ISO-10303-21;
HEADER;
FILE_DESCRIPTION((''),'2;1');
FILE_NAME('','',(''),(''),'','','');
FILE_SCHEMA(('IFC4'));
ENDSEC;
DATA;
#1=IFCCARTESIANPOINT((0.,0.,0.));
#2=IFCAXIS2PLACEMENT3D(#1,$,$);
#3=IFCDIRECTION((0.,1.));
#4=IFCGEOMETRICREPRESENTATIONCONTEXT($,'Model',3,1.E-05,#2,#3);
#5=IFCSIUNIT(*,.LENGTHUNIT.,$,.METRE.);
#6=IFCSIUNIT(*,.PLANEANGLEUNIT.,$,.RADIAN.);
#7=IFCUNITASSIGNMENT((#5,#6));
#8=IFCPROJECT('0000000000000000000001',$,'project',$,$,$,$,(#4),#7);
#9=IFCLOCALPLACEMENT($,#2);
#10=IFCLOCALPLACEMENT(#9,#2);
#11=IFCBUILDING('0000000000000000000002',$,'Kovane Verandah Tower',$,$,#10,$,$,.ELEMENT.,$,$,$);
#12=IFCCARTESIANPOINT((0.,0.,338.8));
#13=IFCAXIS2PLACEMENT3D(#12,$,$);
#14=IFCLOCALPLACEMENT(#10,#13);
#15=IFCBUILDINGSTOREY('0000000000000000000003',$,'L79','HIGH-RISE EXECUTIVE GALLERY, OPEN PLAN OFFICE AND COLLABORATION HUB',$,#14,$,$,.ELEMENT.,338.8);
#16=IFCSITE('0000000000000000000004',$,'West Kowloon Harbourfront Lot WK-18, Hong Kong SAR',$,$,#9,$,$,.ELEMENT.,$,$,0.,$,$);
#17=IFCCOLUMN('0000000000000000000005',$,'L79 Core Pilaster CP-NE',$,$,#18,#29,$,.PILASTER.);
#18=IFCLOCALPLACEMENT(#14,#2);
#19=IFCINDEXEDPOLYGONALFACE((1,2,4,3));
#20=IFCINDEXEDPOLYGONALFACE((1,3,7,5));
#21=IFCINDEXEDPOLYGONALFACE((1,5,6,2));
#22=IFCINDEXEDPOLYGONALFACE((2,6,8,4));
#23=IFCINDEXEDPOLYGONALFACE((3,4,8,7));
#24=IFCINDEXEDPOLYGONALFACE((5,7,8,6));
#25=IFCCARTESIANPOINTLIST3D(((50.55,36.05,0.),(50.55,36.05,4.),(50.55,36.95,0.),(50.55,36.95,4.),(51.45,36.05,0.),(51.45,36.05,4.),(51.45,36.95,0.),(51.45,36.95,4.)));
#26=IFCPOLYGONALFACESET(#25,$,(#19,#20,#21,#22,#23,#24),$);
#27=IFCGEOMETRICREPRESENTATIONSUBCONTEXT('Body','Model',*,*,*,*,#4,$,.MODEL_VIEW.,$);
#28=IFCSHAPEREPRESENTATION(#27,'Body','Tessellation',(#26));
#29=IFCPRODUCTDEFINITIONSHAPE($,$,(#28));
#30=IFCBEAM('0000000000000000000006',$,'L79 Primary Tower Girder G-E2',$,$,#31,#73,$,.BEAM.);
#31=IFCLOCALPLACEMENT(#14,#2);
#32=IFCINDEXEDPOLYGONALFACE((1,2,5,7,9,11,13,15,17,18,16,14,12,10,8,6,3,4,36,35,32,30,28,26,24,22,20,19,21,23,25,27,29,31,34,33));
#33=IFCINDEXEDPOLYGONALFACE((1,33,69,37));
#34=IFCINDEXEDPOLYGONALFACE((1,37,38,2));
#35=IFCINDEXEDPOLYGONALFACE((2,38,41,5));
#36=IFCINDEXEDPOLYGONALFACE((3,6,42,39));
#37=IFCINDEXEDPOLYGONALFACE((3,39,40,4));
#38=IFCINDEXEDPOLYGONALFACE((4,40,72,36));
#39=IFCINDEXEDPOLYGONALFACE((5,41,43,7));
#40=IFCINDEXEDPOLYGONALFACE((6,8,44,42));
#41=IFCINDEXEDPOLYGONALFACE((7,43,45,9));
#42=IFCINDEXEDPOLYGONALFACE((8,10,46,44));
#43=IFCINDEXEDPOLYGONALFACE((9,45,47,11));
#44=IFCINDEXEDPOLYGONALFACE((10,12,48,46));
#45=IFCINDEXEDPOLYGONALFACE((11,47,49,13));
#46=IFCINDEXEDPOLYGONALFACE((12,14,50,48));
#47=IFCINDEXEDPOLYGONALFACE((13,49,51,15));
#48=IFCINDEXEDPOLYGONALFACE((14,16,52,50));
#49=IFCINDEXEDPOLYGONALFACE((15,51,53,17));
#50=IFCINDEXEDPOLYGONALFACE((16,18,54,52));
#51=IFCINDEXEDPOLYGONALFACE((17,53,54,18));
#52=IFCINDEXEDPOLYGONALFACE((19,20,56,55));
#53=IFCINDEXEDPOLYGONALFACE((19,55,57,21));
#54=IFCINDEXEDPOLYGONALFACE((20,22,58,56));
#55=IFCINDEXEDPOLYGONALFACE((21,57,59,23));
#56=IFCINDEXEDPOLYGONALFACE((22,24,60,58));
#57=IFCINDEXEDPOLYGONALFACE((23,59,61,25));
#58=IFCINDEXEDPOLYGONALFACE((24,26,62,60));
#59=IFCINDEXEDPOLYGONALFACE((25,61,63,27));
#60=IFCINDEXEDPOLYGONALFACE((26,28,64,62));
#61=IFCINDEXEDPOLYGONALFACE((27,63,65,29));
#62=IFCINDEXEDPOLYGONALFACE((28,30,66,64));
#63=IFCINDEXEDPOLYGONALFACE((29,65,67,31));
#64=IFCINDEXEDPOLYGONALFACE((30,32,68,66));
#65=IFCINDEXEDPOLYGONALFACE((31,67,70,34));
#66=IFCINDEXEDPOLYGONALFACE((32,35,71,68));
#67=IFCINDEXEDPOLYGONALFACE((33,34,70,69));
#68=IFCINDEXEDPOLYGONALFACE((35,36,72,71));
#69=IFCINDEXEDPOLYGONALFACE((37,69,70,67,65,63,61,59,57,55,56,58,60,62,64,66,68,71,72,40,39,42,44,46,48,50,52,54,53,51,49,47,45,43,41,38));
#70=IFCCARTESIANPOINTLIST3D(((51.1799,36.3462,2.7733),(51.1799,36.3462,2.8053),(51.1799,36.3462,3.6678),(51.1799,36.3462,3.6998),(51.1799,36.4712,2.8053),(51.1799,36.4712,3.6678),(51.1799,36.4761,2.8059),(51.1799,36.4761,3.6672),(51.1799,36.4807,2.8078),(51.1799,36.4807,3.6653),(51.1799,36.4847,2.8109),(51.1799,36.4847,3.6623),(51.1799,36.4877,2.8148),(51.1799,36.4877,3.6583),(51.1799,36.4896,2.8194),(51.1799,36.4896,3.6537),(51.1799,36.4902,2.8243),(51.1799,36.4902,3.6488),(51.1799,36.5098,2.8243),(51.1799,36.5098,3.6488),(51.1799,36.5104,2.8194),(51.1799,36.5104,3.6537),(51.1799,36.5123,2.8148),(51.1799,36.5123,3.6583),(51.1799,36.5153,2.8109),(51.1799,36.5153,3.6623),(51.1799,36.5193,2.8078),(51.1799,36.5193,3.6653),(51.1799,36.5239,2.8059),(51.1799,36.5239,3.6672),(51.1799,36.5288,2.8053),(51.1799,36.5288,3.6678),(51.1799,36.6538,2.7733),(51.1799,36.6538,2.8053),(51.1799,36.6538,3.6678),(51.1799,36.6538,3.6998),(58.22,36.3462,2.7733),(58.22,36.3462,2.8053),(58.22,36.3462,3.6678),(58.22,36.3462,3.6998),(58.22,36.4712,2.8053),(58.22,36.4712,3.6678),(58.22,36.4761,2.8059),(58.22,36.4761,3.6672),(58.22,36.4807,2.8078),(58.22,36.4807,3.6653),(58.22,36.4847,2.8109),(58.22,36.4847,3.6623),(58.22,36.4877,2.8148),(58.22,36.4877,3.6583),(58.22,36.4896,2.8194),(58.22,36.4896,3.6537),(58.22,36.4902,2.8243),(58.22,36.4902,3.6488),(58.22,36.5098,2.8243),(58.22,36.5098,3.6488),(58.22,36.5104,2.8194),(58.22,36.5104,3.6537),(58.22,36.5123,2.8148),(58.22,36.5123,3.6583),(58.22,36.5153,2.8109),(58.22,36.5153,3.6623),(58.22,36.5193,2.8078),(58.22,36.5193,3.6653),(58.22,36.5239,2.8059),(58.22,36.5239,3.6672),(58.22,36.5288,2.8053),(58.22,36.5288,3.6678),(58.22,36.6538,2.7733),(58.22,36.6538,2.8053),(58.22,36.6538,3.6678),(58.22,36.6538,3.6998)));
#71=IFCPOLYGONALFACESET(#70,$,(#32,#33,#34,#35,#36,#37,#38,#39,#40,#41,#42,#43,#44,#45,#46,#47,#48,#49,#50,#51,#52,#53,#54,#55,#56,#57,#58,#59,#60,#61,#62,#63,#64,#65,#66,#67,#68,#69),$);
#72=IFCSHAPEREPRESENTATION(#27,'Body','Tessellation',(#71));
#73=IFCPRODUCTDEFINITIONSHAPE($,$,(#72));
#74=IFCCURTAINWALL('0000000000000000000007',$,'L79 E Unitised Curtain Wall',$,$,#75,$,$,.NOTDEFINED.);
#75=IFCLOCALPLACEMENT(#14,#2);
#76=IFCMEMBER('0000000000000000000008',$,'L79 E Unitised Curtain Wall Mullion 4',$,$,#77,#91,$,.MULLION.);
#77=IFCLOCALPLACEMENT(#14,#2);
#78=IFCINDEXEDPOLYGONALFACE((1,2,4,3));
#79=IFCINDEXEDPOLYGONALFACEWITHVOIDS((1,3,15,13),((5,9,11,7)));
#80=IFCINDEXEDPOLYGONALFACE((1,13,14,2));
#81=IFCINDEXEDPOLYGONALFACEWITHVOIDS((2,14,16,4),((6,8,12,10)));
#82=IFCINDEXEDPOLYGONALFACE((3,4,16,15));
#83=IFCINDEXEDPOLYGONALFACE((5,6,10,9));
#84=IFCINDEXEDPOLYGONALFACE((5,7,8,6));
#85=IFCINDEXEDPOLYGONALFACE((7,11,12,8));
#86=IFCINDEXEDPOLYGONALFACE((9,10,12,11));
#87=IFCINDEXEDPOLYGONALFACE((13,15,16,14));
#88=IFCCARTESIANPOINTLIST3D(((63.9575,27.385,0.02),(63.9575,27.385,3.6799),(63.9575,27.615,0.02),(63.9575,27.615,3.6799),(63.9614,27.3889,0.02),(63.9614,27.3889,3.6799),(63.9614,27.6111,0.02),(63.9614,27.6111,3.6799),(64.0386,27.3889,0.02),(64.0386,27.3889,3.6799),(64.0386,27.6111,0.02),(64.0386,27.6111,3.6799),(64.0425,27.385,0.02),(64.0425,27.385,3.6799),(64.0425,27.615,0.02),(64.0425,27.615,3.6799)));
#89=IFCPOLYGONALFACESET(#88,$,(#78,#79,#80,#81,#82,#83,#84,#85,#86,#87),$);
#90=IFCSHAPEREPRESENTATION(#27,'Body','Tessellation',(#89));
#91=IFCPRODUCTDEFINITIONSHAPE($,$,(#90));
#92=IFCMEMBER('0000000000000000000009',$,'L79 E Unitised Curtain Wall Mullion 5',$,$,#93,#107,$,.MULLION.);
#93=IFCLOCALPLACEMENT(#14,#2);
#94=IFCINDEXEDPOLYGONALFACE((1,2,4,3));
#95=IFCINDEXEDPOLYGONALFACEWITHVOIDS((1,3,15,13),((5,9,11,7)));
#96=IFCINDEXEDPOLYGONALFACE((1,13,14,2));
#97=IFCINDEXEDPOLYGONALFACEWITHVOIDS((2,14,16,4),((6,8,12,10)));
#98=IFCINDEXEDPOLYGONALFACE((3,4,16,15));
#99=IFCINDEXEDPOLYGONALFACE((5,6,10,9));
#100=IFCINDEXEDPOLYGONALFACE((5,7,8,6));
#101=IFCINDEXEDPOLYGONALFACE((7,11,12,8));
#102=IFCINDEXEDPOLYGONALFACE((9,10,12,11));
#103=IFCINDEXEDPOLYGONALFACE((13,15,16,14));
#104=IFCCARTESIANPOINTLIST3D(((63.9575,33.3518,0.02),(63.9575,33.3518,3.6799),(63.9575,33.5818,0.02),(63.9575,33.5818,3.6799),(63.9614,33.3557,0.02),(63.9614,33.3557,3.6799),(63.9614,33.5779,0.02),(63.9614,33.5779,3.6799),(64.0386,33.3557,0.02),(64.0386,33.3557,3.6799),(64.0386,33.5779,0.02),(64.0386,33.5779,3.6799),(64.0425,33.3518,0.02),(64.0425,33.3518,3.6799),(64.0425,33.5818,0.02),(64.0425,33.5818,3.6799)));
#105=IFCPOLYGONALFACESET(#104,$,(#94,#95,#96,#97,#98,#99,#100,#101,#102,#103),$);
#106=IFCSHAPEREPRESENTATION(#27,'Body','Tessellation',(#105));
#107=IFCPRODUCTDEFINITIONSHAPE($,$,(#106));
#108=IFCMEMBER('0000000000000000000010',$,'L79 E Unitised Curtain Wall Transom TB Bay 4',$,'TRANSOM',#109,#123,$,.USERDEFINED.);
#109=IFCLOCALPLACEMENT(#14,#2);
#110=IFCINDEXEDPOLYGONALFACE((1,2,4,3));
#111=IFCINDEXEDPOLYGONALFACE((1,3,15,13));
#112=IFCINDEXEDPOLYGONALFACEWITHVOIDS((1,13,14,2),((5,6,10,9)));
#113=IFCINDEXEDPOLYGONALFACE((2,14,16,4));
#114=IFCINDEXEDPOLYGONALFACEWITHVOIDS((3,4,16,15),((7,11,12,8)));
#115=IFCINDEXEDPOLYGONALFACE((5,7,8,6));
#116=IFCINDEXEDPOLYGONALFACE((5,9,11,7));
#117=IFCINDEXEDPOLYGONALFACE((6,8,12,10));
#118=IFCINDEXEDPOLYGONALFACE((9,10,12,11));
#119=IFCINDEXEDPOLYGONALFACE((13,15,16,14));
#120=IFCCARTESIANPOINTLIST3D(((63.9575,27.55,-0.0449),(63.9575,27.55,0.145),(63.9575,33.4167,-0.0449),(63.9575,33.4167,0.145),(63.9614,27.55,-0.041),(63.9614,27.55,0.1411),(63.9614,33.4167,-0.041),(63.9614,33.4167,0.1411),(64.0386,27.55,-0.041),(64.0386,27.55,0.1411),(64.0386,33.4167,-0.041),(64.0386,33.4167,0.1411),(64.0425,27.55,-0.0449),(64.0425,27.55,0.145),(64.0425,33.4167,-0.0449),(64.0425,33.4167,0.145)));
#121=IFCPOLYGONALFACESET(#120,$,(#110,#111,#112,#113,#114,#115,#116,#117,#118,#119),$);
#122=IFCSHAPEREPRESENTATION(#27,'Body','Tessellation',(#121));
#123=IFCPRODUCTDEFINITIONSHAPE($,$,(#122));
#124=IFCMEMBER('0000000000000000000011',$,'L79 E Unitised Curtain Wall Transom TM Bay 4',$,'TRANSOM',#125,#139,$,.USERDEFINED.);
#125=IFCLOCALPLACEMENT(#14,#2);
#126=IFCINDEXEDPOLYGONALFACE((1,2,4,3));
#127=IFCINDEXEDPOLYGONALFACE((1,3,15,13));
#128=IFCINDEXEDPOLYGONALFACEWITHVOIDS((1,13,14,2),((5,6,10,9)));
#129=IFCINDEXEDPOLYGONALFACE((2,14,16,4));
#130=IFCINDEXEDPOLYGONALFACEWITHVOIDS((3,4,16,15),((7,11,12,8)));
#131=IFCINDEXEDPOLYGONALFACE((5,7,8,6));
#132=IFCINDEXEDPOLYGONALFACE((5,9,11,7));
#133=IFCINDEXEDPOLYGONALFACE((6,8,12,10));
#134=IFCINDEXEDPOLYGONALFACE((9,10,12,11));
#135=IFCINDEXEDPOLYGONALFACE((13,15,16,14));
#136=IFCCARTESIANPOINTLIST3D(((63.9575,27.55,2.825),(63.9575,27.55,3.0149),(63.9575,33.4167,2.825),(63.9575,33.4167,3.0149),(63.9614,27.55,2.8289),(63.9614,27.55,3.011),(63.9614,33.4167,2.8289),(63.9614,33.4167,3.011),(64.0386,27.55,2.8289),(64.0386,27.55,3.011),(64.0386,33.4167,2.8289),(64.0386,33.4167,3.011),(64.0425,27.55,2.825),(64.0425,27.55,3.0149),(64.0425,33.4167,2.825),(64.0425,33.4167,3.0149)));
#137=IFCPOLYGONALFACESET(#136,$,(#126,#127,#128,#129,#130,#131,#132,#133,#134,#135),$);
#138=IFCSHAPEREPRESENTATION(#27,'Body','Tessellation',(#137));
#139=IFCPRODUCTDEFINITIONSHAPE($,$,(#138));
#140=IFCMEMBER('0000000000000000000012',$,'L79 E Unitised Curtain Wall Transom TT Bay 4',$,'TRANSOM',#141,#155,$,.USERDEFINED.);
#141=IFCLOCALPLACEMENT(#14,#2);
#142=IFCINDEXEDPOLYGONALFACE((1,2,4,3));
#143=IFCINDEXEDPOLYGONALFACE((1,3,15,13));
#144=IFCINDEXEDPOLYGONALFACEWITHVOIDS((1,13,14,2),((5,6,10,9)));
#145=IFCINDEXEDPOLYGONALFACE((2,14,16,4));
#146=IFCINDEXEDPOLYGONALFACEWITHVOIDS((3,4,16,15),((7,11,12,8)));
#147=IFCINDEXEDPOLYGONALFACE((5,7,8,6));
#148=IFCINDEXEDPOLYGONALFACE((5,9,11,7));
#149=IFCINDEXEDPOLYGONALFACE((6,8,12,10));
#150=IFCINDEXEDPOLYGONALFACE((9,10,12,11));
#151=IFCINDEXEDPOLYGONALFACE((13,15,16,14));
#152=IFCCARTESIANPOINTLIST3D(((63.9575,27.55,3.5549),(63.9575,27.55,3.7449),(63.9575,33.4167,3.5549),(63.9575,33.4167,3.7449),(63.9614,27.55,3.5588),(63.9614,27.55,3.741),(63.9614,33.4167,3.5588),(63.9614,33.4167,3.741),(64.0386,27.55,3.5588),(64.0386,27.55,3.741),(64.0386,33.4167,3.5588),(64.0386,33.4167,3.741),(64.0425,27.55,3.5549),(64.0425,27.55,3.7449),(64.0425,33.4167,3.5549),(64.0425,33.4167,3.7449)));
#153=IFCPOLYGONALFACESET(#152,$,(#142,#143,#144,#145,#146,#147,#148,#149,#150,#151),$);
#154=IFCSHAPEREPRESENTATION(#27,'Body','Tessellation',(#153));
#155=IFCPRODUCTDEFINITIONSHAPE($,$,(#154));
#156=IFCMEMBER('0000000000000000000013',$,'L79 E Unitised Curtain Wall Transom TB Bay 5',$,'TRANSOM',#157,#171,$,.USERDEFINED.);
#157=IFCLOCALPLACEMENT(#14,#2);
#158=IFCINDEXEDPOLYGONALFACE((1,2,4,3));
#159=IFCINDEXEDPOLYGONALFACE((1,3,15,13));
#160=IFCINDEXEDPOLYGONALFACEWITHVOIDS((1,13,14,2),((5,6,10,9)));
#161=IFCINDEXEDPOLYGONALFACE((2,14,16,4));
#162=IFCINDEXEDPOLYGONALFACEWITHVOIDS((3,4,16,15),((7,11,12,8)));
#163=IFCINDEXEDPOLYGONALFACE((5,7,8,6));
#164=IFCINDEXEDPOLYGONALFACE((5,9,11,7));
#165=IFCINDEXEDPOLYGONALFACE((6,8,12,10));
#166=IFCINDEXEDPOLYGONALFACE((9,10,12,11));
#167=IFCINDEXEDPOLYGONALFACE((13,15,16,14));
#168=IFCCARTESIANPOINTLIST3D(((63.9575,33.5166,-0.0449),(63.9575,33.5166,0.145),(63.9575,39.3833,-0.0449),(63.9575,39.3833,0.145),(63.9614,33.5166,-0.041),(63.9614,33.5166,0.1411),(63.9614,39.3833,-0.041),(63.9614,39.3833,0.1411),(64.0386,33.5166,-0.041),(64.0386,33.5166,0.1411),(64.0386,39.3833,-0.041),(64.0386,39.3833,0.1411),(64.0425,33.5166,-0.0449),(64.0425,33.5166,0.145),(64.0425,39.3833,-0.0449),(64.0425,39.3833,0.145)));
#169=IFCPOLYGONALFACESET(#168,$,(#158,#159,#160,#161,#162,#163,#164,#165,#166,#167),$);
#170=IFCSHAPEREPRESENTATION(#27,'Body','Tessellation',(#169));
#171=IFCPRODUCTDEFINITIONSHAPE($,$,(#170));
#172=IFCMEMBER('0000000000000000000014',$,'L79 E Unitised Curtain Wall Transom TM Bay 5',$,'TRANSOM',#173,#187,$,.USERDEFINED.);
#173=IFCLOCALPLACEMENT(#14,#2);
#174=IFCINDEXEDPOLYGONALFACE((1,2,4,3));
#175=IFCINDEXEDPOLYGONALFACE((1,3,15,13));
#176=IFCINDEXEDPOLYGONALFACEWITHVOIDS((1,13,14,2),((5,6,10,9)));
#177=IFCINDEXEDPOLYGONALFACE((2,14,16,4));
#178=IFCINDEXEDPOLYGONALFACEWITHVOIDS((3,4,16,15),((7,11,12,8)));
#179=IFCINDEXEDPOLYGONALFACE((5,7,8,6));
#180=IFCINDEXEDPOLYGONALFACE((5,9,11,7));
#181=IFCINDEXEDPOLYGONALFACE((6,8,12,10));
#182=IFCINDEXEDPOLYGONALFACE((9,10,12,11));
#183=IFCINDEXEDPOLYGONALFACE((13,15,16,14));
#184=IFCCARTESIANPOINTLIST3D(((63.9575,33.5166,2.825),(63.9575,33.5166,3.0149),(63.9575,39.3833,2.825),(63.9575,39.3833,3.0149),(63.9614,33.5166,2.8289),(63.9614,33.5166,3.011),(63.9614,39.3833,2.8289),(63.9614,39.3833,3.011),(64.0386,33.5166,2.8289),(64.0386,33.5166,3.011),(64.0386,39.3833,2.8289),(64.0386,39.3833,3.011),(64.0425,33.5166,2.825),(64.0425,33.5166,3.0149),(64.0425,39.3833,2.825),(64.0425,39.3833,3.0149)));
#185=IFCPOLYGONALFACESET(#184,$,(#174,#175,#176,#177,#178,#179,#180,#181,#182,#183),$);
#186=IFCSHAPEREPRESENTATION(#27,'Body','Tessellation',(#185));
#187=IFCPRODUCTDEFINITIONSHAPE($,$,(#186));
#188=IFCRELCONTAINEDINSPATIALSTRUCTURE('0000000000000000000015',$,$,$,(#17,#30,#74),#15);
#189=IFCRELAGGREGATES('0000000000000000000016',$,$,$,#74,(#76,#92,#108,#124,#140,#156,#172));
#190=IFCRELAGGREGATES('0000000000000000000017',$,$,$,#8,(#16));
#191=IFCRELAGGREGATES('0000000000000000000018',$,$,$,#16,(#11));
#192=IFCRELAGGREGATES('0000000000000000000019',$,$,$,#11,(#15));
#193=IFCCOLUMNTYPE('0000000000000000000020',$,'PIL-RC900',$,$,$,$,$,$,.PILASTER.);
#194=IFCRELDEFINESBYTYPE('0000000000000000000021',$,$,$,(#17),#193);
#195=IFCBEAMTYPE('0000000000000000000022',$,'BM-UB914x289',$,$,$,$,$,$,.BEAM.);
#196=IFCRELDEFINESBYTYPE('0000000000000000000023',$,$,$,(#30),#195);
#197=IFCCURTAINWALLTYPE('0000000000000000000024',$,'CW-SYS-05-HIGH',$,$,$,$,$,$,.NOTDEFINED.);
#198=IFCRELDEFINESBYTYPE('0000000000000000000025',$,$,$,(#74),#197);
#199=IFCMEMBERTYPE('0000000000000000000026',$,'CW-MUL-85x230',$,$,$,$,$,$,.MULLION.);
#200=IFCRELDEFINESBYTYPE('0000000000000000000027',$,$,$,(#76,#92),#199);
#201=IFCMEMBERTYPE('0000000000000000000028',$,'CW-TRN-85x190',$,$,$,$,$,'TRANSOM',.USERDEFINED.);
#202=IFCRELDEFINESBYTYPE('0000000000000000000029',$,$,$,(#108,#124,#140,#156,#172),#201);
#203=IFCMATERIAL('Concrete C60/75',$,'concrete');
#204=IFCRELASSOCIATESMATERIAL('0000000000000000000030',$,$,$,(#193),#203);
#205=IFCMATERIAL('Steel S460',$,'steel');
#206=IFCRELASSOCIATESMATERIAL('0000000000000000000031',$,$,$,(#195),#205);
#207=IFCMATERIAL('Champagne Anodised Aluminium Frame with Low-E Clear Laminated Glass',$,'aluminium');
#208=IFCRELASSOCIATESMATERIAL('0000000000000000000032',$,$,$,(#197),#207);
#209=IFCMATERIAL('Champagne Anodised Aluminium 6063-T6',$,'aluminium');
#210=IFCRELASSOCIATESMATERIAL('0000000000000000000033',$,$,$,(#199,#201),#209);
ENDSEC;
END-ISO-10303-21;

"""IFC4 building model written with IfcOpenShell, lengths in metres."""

from ifc_helpers import new_model, si_unit, direction, frame, origin, origin_2d, place, context, subcontext, project, spatial, rectangle, hollow_rectangle, i_section, extrude, material, material_profile, profile_set, type_object, element, aggregate, save


model = new_model("IFC4")

# Units and contexts
model_context = context("Model", 3, precision=1e-05, world=origin(), true_north=direction((0.0, 1.0)))
body_context = subcontext(model_context, "Body", "Model", "MODEL_VIEW")
ifc_project = project(units=[si_unit("LENGTHUNIT", "METRE"), si_unit("PLANEANGLEUNIT", "RADIAN")], contexts=[model_context])

# Site, building, storey
site_placement = place(None, origin())
site = spatial("IfcSite", under=ifc_project, at=site_placement, Name="West Kowloon Harbourfront Lot WK-18, Hong Kong SAR", CompositionType="ELEMENT", RefElevation=0.0)
building_placement = place(site_placement, origin())
building = spatial("IfcBuilding", under=site, at=building_placement, Name="Kovane Verandah Tower", CompositionType="ELEMENT")
storey_placement = place(building_placement, frame((0.0, 0.0, 338.8)))
storey = spatial("IfcBuildingStorey", under=building, at=storey_placement, Name="L79", Description="HIGH-RISE EXECUTIVE GALLERY, OPEN PLAN OFFICE AND COLLABORATION HUB", CompositionType="ELEMENT", Elevation=338.8)

# Column
ifc_material_1 = material(Name="Concrete C60/75", Category="concrete")
ifc_material_profile_1 = material_profile(ifc_material_1, rectangle(XDim=0.8999, YDim=0.8999, at=origin_2d()), Name="RC900x900")
ifc_profile_set_1 = profile_set([ifc_material_profile_1], Name="Concrete C60/75")
column_type = type_object("IfcColumnType", Name="PIL-RC900", PredefinedType="PILASTER", material=ifc_profile_set_1)
column_placement = place(storey_placement, frame((51.0, 36.5, 0.0), z_axis=(0.0, 0.0, 1.0), x_axis=(1.0, 0.0, 0.0)))
element("IfcColumn", 1, at=column_placement, inside=storey, type_object=column_type, Name="L79 Core Pilaster CP-NE", PredefinedType="PILASTER", context=body_context, shape_type="SweptSolid", body=[
    extrude(rectangle(XDim=0.8999, YDim=0.8999, at=origin_2d()), origin(), (0.0, 0.0, 1.0), 4.0),
])

# Beam
ifc_material_2 = material(Name="Steel S460", Category="steel")
ifc_material_profile_2 = material_profile(ifc_material_2, i_section(OverallWidth=0.3076, OverallDepth=0.9265, WebThickness=0.0195, FlangeThickness=0.032, FilletRadius=0.019, at=origin_2d()), Name="UB914x305x289")
ifc_profile_set_2 = profile_set([ifc_material_profile_2], Name="Steel S460")
beam_type = type_object("IfcBeamType", Name="BM-UB914x289", PredefinedType="BEAM", material=ifc_profile_set_2)
beam_placement = place(storey_placement, frame((51.1799, 36.5, 3.2366), z_axis=(1.0, 0.0, 0.0), x_axis=(0.0, 1.0, 0.0)))
element("IfcBeam", 2, at=beam_placement, inside=storey, type_object=beam_type, Name="L79 Primary Tower Girder G-E2", PredefinedType="BEAM", context=body_context, shape_type="SweptSolid", body=[
    extrude(i_section(OverallWidth=0.3076, OverallDepth=0.9265, WebThickness=0.0195, FlangeThickness=0.032, FilletRadius=0.019, at=origin_2d()), origin(), (0.0, 0.0, 1.0), 7.04),
])

# Curtain wall, members
ifc_material_3 = material(Name="Champagne Anodised Aluminium Frame with Low-E Clear Laminated Glass", Category="aluminium")
curtain_wall_type = type_object("IfcCurtainWallType", Name="CW-SYS-05-HIGH", PredefinedType="NOTDEFINED", material=ifc_material_3)
curtain_wall_placement = place(storey_placement, origin())
curtain_wall = element("IfcCurtainWall", 3, at=curtain_wall_placement, inside=storey, type_object=curtain_wall_type, Name="L79 E Unitised Curtain Wall", PredefinedType="NOTDEFINED")
ifc_material_4 = material(Name="Champagne Anodised Aluminium 6063-T6", Category="aluminium")
ifc_material_profile_3 = material_profile(ifc_material_4, hollow_rectangle(XDim=0.085, YDim=0.23, WallThickness=0.0039, at=origin_2d()), Name="AL85x230x4")
ifc_profile_set_3 = profile_set([ifc_material_profile_3], Name="Champagne Anodised Aluminium 6063-T6")
member_type_1 = type_object("IfcMemberType", Name="CW-MUL-85x230", PredefinedType="MULLION", material=ifc_profile_set_3)
member_1_placement = place(storey_placement, frame((64.0, 27.5, 0.02), z_axis=(0.0, 0.0, 1.0), x_axis=(1.0, 0.0, 0.0)))
member_1 = element("IfcMember", 4, at=member_1_placement, type_object=member_type_1, Name="L79 E Unitised Curtain Wall Mullion 4", PredefinedType="MULLION", context=body_context, shape_type="SweptSolid", body=[
    extrude(hollow_rectangle(XDim=0.085, YDim=0.23, WallThickness=0.0039, at=origin_2d()), origin(), (0.0, 0.0, 1.0), 3.6599),
])
member_2_placement = place(storey_placement, frame((64.0, 33.4668, 0.02), z_axis=(0.0, 0.0, 1.0), x_axis=(1.0, 0.0, 0.0)))
member_2 = element("IfcMember", 5, at=member_2_placement, type_object=member_type_1, Name="L79 E Unitised Curtain Wall Mullion 5", PredefinedType="MULLION", context=body_context, shape_type="SweptSolid", body=[
    extrude(hollow_rectangle(XDim=0.085, YDim=0.23, WallThickness=0.0039, at=origin_2d()), origin(), (0.0, 0.0, 1.0), 3.6599),
])
ifc_material_profile_4 = material_profile(ifc_material_4, hollow_rectangle(XDim=0.085, YDim=0.1899, WallThickness=0.0039, at=origin_2d()), Name="AL85x190x4")
ifc_profile_set_4 = profile_set([ifc_material_profile_4], Name="Champagne Anodised Aluminium 6063-T6")
member_type_2 = type_object("IfcMemberType", Name="CW-TRN-85x190", ElementType="TRANSOM", PredefinedType="USERDEFINED", material=ifc_profile_set_4)
member_3_placement = place(storey_placement, frame((64.0, 27.55, 0.05), z_axis=(0.0, 1.0, 0.0), x_axis=(-1.0, 0.0, 0.0)))
member_3 = element("IfcMember", 6, at=member_3_placement, type_object=member_type_2, Name="L79 E Unitised Curtain Wall Transom TB Bay 4", ObjectType="TRANSOM", PredefinedType="USERDEFINED", context=body_context, shape_type="SweptSolid", body=[
    extrude(hollow_rectangle(XDim=0.085, YDim=0.1899, WallThickness=0.0039, at=origin_2d()), origin(), (0.0, 0.0, 1.0), 5.8667),
])
member_4_placement = place(storey_placement, frame((64.0, 27.55, 2.9199), z_axis=(0.0, 1.0, 0.0), x_axis=(-1.0, 0.0, 0.0)))
member_4 = element("IfcMember", 7, at=member_4_placement, type_object=member_type_2, Name="L79 E Unitised Curtain Wall Transom TM Bay 4", ObjectType="TRANSOM", PredefinedType="USERDEFINED", context=body_context, shape_type="SweptSolid", body=[
    extrude(hollow_rectangle(XDim=0.085, YDim=0.1899, WallThickness=0.0039, at=origin_2d()), origin(), (0.0, 0.0, 1.0), 5.8667),
])
member_5_placement = place(storey_placement, frame((64.0, 27.55, 3.6499), z_axis=(0.0, 1.0, 0.0), x_axis=(-1.0, 0.0, 0.0)))
member_5 = element("IfcMember", 8, at=member_5_placement, type_object=member_type_2, Name="L79 E Unitised Curtain Wall Transom TT Bay 4", ObjectType="TRANSOM", PredefinedType="USERDEFINED", context=body_context, shape_type="SweptSolid", body=[
    extrude(hollow_rectangle(XDim=0.085, YDim=0.1899, WallThickness=0.0039, at=origin_2d()), origin(), (0.0, 0.0, 1.0), 5.8667),
])
member_6_placement = place(storey_placement, frame((64.0, 33.5166, 0.05), z_axis=(0.0, 1.0, 0.0), x_axis=(-1.0, 0.0, 0.0)))
member_6 = element("IfcMember", 9, at=member_6_placement, type_object=member_type_2, Name="L79 E Unitised Curtain Wall Transom TB Bay 5", ObjectType="TRANSOM", PredefinedType="USERDEFINED", context=body_context, shape_type="SweptSolid", body=[
    extrude(hollow_rectangle(XDim=0.085, YDim=0.1899, WallThickness=0.0039, at=origin_2d()), origin(), (0.0, 0.0, 1.0), 5.8667),
])
member_7_placement = place(storey_placement, frame((64.0, 33.5166, 2.9199), z_axis=(0.0, 1.0, 0.0), x_axis=(-1.0, 0.0, 0.0)))
member_7 = element("IfcMember", 10, at=member_7_placement, type_object=member_type_2, Name="L79 E Unitised Curtain Wall Transom TM Bay 5", ObjectType="TRANSOM", PredefinedType="USERDEFINED", context=body_context, shape_type="SweptSolid", body=[
    extrude(hollow_rectangle(XDim=0.085, YDim=0.1899, WallThickness=0.0039, at=origin_2d()), origin(), (0.0, 0.0, 1.0), 5.8667),
])
aggregate(curtain_wall, [member_1, member_2, member_3, member_4, member_5, member_6, member_7])

save(model, "model.ifc")
